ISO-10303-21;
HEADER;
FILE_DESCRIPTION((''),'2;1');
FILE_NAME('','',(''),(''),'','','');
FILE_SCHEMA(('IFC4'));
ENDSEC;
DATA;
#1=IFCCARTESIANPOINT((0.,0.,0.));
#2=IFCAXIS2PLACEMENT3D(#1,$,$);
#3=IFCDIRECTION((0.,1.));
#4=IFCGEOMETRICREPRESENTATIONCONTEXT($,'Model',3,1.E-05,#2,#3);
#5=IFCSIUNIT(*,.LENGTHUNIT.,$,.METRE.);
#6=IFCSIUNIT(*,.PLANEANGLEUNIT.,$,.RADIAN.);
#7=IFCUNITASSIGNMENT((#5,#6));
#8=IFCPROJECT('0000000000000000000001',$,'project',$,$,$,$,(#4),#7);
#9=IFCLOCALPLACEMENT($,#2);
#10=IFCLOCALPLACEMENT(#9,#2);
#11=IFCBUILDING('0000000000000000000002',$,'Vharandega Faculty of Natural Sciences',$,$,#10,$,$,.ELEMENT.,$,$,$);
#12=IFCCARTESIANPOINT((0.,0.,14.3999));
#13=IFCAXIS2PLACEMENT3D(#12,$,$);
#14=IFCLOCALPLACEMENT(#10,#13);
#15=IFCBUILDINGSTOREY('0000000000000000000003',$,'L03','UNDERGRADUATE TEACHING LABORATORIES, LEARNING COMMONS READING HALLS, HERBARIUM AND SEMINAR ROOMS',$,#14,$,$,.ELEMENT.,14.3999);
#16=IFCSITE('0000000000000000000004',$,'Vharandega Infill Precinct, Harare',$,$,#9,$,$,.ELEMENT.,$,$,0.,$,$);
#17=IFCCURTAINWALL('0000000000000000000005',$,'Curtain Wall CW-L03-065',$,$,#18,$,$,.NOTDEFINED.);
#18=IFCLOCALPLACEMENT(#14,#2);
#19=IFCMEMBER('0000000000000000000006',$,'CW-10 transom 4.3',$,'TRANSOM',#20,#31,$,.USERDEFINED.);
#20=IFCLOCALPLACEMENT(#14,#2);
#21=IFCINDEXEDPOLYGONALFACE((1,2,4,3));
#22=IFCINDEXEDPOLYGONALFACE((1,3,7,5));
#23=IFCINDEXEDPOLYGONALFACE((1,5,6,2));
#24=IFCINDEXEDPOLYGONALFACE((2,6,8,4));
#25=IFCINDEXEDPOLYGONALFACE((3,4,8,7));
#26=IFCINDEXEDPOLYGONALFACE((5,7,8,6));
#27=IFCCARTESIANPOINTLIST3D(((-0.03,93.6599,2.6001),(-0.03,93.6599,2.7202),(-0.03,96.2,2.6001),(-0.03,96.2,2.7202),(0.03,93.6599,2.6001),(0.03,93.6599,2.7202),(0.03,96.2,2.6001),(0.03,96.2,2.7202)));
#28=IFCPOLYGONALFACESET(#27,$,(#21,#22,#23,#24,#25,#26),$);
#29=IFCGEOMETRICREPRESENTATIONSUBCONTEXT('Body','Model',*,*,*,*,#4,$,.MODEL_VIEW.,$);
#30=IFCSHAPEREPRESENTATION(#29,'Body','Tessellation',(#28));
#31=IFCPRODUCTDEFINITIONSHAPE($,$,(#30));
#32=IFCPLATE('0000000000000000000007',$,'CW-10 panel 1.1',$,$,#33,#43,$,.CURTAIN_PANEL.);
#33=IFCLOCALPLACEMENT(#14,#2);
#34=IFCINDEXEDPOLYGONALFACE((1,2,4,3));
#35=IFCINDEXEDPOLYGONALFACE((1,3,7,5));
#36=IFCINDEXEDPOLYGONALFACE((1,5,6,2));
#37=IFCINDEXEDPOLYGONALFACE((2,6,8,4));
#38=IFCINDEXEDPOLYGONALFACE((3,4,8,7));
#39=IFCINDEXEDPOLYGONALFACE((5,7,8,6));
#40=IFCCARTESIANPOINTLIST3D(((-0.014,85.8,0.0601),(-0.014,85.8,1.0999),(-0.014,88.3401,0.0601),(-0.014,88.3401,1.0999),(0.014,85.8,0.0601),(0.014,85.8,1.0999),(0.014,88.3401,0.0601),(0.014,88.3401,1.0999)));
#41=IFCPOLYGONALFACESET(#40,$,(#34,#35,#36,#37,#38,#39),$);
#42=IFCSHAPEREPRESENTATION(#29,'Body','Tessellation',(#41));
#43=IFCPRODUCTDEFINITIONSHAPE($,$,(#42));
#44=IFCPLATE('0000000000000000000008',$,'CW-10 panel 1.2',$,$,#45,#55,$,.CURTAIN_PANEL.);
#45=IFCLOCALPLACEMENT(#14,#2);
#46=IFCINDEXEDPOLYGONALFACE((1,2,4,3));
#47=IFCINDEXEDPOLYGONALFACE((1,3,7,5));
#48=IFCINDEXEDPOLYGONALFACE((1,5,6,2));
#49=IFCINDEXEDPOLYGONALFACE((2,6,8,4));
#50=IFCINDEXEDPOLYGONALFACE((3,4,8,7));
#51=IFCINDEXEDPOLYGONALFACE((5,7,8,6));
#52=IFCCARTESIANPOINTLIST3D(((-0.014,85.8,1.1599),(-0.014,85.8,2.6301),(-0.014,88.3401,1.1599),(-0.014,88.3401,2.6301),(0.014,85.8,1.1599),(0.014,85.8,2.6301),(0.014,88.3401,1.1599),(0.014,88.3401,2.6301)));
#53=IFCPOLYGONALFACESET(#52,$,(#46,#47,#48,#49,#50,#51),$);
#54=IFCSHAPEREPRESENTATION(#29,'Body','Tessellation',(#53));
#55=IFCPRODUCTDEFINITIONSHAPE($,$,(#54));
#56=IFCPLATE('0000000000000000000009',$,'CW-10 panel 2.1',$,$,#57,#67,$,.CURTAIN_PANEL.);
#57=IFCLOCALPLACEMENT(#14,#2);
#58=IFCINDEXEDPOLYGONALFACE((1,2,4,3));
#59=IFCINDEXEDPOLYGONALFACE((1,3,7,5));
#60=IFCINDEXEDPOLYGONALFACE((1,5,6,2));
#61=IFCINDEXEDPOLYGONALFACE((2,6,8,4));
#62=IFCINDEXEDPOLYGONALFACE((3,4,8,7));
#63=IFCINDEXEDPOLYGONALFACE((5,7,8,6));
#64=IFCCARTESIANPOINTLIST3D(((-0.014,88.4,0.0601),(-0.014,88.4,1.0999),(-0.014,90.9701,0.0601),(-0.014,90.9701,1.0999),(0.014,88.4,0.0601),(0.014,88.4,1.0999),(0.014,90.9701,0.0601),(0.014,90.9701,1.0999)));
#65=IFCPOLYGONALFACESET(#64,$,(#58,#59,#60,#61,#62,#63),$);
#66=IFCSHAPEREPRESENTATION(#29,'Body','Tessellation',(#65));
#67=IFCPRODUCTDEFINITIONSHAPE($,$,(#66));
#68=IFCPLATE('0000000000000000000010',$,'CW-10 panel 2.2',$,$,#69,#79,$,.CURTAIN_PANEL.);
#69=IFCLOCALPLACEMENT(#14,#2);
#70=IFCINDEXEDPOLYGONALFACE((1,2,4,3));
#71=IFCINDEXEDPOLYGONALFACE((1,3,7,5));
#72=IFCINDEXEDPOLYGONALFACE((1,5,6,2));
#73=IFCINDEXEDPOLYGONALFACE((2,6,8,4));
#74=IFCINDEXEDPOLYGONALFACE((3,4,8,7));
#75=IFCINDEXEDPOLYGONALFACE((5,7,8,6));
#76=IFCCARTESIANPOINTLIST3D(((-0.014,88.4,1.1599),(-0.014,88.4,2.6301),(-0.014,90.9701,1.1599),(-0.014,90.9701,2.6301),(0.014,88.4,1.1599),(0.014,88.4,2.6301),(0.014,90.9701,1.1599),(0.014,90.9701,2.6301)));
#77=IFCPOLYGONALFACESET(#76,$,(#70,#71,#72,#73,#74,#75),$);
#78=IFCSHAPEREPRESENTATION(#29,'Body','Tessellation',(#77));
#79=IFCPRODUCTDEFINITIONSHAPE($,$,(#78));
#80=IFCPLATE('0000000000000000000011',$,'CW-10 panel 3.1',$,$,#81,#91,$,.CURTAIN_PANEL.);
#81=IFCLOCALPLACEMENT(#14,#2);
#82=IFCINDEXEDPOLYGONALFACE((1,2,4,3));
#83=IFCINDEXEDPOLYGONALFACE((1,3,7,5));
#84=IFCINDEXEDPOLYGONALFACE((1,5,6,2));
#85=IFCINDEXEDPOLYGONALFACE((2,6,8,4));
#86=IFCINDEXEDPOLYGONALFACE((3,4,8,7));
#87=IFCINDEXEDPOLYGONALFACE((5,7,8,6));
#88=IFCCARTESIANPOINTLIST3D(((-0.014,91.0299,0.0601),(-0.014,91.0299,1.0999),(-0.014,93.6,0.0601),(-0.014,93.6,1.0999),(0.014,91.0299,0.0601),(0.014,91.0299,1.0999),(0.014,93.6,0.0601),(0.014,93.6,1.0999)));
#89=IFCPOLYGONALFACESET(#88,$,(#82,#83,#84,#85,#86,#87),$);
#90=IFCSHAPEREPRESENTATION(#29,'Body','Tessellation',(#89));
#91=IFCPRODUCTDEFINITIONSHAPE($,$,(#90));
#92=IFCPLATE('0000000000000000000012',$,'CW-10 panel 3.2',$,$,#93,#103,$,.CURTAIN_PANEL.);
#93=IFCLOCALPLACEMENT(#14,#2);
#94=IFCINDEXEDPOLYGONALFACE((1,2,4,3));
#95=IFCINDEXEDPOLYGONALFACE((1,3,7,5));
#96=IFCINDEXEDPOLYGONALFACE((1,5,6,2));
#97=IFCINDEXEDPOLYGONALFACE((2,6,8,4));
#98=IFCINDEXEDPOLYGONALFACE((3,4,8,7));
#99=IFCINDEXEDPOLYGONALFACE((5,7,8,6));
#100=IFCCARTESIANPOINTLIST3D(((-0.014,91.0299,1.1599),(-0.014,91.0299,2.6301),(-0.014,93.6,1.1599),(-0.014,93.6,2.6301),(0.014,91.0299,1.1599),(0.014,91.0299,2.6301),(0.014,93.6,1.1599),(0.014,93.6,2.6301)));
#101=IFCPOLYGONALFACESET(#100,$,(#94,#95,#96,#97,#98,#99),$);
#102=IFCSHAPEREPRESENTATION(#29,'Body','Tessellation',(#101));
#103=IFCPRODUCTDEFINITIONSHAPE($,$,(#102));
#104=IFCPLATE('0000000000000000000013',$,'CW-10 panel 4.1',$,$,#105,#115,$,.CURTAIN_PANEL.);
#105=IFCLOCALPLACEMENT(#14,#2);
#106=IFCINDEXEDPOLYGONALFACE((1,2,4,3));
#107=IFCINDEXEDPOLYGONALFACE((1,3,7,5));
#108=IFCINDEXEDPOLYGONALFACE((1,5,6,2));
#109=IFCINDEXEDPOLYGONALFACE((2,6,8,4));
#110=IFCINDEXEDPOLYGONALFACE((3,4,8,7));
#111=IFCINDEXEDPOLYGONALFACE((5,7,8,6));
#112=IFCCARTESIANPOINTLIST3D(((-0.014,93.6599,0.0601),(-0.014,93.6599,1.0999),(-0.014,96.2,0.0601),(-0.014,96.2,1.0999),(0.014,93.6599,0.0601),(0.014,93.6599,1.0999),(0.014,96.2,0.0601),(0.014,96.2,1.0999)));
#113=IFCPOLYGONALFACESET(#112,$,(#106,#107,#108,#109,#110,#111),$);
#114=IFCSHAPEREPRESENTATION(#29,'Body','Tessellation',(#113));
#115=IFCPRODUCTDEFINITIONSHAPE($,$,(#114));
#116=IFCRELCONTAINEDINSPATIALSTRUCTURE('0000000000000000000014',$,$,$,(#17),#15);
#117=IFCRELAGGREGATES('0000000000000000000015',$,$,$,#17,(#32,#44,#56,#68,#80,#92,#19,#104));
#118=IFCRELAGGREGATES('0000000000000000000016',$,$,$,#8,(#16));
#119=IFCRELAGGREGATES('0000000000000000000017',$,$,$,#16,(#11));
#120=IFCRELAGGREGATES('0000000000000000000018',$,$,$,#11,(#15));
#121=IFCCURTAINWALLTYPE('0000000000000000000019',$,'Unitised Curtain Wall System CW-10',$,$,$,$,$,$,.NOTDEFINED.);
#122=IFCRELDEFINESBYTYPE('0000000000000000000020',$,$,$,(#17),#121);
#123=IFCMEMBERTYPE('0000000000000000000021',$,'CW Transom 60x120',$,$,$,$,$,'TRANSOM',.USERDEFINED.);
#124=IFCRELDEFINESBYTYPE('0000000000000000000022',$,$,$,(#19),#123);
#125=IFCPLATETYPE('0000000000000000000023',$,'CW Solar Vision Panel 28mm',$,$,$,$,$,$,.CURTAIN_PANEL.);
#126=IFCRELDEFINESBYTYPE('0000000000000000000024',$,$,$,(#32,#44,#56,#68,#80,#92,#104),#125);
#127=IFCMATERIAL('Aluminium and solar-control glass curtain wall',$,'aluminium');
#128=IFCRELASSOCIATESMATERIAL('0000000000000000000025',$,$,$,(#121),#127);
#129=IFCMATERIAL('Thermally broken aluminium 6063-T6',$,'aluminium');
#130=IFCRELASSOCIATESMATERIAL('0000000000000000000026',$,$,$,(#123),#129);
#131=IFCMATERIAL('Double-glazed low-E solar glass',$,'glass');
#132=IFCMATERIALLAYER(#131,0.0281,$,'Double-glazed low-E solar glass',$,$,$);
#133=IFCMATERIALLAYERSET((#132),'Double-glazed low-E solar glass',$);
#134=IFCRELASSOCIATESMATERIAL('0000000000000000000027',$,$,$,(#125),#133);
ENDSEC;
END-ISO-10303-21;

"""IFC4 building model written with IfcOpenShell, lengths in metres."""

from ifc_helpers import new_model, si_unit, direction, frame, origin, origin_2d, place, context, subcontext, project, spatial, rectangle, extrude, material, layer, layer_set, material_profile, profile_set, type_object, element, aggregate, save


model = new_model("IFC4")

# Units and contexts
model_context = context("Model", 3, precision=1e-05, world=origin(), true_north=direction((0.0, 1.0)))
body_context = subcontext(model_context, "Body", "Model", "MODEL_VIEW")
ifc_project = project(units=[si_unit("LENGTHUNIT", "METRE"), si_unit("PLANEANGLEUNIT", "RADIAN")], contexts=[model_context])

# Site, building, storey
site_placement = place(None, origin())
site = spatial("IfcSite", under=ifc_project, at=site_placement, Name="Vharandega Infill Precinct, Harare", CompositionType="ELEMENT", RefElevation=0.0)
building_placement = place(site_placement, origin())
building = spatial("IfcBuilding", under=site, at=building_placement, Name="Vharandega Faculty of Natural Sciences", CompositionType="ELEMENT")
storey_placement = place(building_placement, frame((0.0, 0.0, 14.3999)))
storey = spatial("IfcBuildingStorey", under=building, at=storey_placement, Name="L03", Description="UNDERGRADUATE TEACHING LABORATORIES, LEARNING COMMONS READING HALLS, HERBARIUM AND SEMINAR ROOMS", CompositionType="ELEMENT", Elevation=14.3999)

# Curtain wall, member, plates
ifc_material_1 = material(Name="Aluminium and solar-control glass curtain wall", Category="aluminium")
curtain_wall_type = type_object("IfcCurtainWallType", Name="Unitised Curtain Wall System CW-10", PredefinedType="NOTDEFINED", material=ifc_material_1)
curtain_wall_placement = place(storey_placement, origin())
curtain_wall = element("IfcCurtainWall", 1, at=curtain_wall_placement, inside=storey, type_object=curtain_wall_type, Name="Curtain Wall CW-L03-065", PredefinedType="NOTDEFINED")
ifc_material_2 = material(Name="Thermally broken aluminium 6063-T6", Category="aluminium")
ifc_material_profile_1 = material_profile(ifc_material_2, rectangle(XDim=0.0601, YDim=0.1201, at=origin_2d()), Name="ALU 60x120")
ifc_profile_set_1 = profile_set([ifc_material_profile_1], Name="Thermally broken aluminium 6063-T6")
member_type_1 = type_object("IfcMemberType", Name="CW Transom 60x120", ElementType="TRANSOM", PredefinedType="USERDEFINED", material=ifc_profile_set_1)
member_1_placement = place(storey_placement, frame((0.0, 93.6599, 2.6602), z_axis=(0.0, 1.0, 0.0), x_axis=(-1.0, 0.0, 0.0)))
member_1 = element("IfcMember", 2, at=member_1_placement, type_object=member_type_1, Name="CW-10 transom 4.3", ObjectType="TRANSOM", PredefinedType="USERDEFINED", context=body_context, shape_type="SweptSolid", body=[
    extrude(rectangle(XDim=0.0601, YDim=0.1201, at=origin_2d()), origin(), (0.0, 0.0, 1.0), 2.54),
])
ifc_material_3 = material(Name="Double-glazed low-E solar glass", Category="glass")
ifc_layer = layer(ifc_material_3, 0.0281, Name="Double-glazed low-E solar glass")
ifc_layer_set = layer_set([ifc_layer], Name="Double-glazed low-E solar glass")
plate_type = type_object("IfcPlateType", Name="CW Solar Vision Panel 28mm", PredefinedType="CURTAIN_PANEL", material=ifc_layer_set)
plate_1_placement = place(storey_placement, frame((0.0, 87.0701, 0.0601), z_axis=(0.0, 0.0, 1.0), x_axis=(0.0, 1.0, 0.0)))
plate_1 = element("IfcPlate", 3, at=plate_1_placement, type_object=plate_type, Name="CW-10 panel 1.1", PredefinedType="CURTAIN_PANEL", context=body_context, shape_type="SweptSolid", body=[
    extrude(rectangle(XDim=2.54, YDim=0.0281, at=origin_2d()), origin(), (0.0, 0.0, 1.0), 1.0398),
])
plate_2_placement = place(storey_placement, frame((0.0, 87.0701, 1.1599), z_axis=(0.0, 0.0, 1.0), x_axis=(0.0, 1.0, 0.0)))
plate_2 = element("IfcPlate", 4, at=plate_2_placement, type_object=plate_type, Name="CW-10 panel 1.2", PredefinedType="CURTAIN_PANEL", context=body_context, shape_type="SweptSolid", body=[
    extrude(rectangle(XDim=2.54, YDim=0.0281, at=origin_2d()), origin(), (0.0, 0.0, 1.0), 1.4702),
])
plate_3_placement = place(storey_placement, frame((0.0, 89.6851, 0.0601), z_axis=(0.0, 0.0, 1.0), x_axis=(0.0, 1.0, 0.0)))
plate_3 = element("IfcPlate", 5, at=plate_3_placement, type_object=plate_type, Name="CW-10 panel 2.1", PredefinedType="CURTAIN_PANEL", context=body_context, shape_type="SweptSolid", body=[
    extrude(rectangle(XDim=2.5701, YDim=0.0281, at=origin_2d()), origin(), (0.0, 0.0, 1.0), 1.0398),
])
plate_4_placement = place(storey_placement, frame((0.0, 89.6851, 1.1599), z_axis=(0.0, 0.0, 1.0), x_axis=(0.0, 1.0, 0.0)))
plate_4 = element("IfcPlate", 6, at=plate_4_placement, type_object=plate_type, Name="CW-10 panel 2.2", PredefinedType="CURTAIN_PANEL", context=body_context, shape_type="SweptSolid", body=[
    extrude(rectangle(XDim=2.5701, YDim=0.0281, at=origin_2d()), origin(), (0.0, 0.0, 1.0), 1.4702),
])
plate_5_placement = place(storey_placement, frame((0.0, 92.3149, 0.0601), z_axis=(0.0, 0.0, 1.0), x_axis=(0.0, 1.0, 0.0)))
plate_5 = element("IfcPlate", 7, at=plate_5_placement, type_object=plate_type, Name="CW-10 panel 3.1", PredefinedType="CURTAIN_PANEL", context=body_context, shape_type="SweptSolid", body=[
    extrude(rectangle(XDim=2.5701, YDim=0.0281, at=origin_2d()), origin(), (0.0, 0.0, 1.0), 1.0398),
])
plate_6_placement = place(storey_placement, frame((0.0, 92.3149, 1.1599), z_axis=(0.0, 0.0, 1.0), x_axis=(0.0, 1.0, 0.0)))
plate_6 = element("IfcPlate", 8, at=plate_6_placement, type_object=plate_type, Name="CW-10 panel 3.2", PredefinedType="CURTAIN_PANEL", context=body_context, shape_type="SweptSolid", body=[
    extrude(rectangle(XDim=2.5701, YDim=0.0281, at=origin_2d()), origin(), (0.0, 0.0, 1.0), 1.4702),
])
plate_7_placement = place(storey_placement, frame((0.0, 94.9299, 0.0601), z_axis=(0.0, 0.0, 1.0), x_axis=(0.0, 1.0, 0.0)))
plate_7 = element("IfcPlate", 9, at=plate_7_placement, type_object=plate_type, Name="CW-10 panel 4.1", PredefinedType="CURTAIN_PANEL", context=body_context, shape_type="SweptSolid", body=[
    extrude(rectangle(XDim=2.54, YDim=0.0281, at=origin_2d()), origin(), (0.0, 0.0, 1.0), 1.0398),
])
aggregate(curtain_wall, [plate_1, plate_2, plate_3, plate_4, plate_5, plate_6, member_1, plate_7])

save(model, "model.ifc")
